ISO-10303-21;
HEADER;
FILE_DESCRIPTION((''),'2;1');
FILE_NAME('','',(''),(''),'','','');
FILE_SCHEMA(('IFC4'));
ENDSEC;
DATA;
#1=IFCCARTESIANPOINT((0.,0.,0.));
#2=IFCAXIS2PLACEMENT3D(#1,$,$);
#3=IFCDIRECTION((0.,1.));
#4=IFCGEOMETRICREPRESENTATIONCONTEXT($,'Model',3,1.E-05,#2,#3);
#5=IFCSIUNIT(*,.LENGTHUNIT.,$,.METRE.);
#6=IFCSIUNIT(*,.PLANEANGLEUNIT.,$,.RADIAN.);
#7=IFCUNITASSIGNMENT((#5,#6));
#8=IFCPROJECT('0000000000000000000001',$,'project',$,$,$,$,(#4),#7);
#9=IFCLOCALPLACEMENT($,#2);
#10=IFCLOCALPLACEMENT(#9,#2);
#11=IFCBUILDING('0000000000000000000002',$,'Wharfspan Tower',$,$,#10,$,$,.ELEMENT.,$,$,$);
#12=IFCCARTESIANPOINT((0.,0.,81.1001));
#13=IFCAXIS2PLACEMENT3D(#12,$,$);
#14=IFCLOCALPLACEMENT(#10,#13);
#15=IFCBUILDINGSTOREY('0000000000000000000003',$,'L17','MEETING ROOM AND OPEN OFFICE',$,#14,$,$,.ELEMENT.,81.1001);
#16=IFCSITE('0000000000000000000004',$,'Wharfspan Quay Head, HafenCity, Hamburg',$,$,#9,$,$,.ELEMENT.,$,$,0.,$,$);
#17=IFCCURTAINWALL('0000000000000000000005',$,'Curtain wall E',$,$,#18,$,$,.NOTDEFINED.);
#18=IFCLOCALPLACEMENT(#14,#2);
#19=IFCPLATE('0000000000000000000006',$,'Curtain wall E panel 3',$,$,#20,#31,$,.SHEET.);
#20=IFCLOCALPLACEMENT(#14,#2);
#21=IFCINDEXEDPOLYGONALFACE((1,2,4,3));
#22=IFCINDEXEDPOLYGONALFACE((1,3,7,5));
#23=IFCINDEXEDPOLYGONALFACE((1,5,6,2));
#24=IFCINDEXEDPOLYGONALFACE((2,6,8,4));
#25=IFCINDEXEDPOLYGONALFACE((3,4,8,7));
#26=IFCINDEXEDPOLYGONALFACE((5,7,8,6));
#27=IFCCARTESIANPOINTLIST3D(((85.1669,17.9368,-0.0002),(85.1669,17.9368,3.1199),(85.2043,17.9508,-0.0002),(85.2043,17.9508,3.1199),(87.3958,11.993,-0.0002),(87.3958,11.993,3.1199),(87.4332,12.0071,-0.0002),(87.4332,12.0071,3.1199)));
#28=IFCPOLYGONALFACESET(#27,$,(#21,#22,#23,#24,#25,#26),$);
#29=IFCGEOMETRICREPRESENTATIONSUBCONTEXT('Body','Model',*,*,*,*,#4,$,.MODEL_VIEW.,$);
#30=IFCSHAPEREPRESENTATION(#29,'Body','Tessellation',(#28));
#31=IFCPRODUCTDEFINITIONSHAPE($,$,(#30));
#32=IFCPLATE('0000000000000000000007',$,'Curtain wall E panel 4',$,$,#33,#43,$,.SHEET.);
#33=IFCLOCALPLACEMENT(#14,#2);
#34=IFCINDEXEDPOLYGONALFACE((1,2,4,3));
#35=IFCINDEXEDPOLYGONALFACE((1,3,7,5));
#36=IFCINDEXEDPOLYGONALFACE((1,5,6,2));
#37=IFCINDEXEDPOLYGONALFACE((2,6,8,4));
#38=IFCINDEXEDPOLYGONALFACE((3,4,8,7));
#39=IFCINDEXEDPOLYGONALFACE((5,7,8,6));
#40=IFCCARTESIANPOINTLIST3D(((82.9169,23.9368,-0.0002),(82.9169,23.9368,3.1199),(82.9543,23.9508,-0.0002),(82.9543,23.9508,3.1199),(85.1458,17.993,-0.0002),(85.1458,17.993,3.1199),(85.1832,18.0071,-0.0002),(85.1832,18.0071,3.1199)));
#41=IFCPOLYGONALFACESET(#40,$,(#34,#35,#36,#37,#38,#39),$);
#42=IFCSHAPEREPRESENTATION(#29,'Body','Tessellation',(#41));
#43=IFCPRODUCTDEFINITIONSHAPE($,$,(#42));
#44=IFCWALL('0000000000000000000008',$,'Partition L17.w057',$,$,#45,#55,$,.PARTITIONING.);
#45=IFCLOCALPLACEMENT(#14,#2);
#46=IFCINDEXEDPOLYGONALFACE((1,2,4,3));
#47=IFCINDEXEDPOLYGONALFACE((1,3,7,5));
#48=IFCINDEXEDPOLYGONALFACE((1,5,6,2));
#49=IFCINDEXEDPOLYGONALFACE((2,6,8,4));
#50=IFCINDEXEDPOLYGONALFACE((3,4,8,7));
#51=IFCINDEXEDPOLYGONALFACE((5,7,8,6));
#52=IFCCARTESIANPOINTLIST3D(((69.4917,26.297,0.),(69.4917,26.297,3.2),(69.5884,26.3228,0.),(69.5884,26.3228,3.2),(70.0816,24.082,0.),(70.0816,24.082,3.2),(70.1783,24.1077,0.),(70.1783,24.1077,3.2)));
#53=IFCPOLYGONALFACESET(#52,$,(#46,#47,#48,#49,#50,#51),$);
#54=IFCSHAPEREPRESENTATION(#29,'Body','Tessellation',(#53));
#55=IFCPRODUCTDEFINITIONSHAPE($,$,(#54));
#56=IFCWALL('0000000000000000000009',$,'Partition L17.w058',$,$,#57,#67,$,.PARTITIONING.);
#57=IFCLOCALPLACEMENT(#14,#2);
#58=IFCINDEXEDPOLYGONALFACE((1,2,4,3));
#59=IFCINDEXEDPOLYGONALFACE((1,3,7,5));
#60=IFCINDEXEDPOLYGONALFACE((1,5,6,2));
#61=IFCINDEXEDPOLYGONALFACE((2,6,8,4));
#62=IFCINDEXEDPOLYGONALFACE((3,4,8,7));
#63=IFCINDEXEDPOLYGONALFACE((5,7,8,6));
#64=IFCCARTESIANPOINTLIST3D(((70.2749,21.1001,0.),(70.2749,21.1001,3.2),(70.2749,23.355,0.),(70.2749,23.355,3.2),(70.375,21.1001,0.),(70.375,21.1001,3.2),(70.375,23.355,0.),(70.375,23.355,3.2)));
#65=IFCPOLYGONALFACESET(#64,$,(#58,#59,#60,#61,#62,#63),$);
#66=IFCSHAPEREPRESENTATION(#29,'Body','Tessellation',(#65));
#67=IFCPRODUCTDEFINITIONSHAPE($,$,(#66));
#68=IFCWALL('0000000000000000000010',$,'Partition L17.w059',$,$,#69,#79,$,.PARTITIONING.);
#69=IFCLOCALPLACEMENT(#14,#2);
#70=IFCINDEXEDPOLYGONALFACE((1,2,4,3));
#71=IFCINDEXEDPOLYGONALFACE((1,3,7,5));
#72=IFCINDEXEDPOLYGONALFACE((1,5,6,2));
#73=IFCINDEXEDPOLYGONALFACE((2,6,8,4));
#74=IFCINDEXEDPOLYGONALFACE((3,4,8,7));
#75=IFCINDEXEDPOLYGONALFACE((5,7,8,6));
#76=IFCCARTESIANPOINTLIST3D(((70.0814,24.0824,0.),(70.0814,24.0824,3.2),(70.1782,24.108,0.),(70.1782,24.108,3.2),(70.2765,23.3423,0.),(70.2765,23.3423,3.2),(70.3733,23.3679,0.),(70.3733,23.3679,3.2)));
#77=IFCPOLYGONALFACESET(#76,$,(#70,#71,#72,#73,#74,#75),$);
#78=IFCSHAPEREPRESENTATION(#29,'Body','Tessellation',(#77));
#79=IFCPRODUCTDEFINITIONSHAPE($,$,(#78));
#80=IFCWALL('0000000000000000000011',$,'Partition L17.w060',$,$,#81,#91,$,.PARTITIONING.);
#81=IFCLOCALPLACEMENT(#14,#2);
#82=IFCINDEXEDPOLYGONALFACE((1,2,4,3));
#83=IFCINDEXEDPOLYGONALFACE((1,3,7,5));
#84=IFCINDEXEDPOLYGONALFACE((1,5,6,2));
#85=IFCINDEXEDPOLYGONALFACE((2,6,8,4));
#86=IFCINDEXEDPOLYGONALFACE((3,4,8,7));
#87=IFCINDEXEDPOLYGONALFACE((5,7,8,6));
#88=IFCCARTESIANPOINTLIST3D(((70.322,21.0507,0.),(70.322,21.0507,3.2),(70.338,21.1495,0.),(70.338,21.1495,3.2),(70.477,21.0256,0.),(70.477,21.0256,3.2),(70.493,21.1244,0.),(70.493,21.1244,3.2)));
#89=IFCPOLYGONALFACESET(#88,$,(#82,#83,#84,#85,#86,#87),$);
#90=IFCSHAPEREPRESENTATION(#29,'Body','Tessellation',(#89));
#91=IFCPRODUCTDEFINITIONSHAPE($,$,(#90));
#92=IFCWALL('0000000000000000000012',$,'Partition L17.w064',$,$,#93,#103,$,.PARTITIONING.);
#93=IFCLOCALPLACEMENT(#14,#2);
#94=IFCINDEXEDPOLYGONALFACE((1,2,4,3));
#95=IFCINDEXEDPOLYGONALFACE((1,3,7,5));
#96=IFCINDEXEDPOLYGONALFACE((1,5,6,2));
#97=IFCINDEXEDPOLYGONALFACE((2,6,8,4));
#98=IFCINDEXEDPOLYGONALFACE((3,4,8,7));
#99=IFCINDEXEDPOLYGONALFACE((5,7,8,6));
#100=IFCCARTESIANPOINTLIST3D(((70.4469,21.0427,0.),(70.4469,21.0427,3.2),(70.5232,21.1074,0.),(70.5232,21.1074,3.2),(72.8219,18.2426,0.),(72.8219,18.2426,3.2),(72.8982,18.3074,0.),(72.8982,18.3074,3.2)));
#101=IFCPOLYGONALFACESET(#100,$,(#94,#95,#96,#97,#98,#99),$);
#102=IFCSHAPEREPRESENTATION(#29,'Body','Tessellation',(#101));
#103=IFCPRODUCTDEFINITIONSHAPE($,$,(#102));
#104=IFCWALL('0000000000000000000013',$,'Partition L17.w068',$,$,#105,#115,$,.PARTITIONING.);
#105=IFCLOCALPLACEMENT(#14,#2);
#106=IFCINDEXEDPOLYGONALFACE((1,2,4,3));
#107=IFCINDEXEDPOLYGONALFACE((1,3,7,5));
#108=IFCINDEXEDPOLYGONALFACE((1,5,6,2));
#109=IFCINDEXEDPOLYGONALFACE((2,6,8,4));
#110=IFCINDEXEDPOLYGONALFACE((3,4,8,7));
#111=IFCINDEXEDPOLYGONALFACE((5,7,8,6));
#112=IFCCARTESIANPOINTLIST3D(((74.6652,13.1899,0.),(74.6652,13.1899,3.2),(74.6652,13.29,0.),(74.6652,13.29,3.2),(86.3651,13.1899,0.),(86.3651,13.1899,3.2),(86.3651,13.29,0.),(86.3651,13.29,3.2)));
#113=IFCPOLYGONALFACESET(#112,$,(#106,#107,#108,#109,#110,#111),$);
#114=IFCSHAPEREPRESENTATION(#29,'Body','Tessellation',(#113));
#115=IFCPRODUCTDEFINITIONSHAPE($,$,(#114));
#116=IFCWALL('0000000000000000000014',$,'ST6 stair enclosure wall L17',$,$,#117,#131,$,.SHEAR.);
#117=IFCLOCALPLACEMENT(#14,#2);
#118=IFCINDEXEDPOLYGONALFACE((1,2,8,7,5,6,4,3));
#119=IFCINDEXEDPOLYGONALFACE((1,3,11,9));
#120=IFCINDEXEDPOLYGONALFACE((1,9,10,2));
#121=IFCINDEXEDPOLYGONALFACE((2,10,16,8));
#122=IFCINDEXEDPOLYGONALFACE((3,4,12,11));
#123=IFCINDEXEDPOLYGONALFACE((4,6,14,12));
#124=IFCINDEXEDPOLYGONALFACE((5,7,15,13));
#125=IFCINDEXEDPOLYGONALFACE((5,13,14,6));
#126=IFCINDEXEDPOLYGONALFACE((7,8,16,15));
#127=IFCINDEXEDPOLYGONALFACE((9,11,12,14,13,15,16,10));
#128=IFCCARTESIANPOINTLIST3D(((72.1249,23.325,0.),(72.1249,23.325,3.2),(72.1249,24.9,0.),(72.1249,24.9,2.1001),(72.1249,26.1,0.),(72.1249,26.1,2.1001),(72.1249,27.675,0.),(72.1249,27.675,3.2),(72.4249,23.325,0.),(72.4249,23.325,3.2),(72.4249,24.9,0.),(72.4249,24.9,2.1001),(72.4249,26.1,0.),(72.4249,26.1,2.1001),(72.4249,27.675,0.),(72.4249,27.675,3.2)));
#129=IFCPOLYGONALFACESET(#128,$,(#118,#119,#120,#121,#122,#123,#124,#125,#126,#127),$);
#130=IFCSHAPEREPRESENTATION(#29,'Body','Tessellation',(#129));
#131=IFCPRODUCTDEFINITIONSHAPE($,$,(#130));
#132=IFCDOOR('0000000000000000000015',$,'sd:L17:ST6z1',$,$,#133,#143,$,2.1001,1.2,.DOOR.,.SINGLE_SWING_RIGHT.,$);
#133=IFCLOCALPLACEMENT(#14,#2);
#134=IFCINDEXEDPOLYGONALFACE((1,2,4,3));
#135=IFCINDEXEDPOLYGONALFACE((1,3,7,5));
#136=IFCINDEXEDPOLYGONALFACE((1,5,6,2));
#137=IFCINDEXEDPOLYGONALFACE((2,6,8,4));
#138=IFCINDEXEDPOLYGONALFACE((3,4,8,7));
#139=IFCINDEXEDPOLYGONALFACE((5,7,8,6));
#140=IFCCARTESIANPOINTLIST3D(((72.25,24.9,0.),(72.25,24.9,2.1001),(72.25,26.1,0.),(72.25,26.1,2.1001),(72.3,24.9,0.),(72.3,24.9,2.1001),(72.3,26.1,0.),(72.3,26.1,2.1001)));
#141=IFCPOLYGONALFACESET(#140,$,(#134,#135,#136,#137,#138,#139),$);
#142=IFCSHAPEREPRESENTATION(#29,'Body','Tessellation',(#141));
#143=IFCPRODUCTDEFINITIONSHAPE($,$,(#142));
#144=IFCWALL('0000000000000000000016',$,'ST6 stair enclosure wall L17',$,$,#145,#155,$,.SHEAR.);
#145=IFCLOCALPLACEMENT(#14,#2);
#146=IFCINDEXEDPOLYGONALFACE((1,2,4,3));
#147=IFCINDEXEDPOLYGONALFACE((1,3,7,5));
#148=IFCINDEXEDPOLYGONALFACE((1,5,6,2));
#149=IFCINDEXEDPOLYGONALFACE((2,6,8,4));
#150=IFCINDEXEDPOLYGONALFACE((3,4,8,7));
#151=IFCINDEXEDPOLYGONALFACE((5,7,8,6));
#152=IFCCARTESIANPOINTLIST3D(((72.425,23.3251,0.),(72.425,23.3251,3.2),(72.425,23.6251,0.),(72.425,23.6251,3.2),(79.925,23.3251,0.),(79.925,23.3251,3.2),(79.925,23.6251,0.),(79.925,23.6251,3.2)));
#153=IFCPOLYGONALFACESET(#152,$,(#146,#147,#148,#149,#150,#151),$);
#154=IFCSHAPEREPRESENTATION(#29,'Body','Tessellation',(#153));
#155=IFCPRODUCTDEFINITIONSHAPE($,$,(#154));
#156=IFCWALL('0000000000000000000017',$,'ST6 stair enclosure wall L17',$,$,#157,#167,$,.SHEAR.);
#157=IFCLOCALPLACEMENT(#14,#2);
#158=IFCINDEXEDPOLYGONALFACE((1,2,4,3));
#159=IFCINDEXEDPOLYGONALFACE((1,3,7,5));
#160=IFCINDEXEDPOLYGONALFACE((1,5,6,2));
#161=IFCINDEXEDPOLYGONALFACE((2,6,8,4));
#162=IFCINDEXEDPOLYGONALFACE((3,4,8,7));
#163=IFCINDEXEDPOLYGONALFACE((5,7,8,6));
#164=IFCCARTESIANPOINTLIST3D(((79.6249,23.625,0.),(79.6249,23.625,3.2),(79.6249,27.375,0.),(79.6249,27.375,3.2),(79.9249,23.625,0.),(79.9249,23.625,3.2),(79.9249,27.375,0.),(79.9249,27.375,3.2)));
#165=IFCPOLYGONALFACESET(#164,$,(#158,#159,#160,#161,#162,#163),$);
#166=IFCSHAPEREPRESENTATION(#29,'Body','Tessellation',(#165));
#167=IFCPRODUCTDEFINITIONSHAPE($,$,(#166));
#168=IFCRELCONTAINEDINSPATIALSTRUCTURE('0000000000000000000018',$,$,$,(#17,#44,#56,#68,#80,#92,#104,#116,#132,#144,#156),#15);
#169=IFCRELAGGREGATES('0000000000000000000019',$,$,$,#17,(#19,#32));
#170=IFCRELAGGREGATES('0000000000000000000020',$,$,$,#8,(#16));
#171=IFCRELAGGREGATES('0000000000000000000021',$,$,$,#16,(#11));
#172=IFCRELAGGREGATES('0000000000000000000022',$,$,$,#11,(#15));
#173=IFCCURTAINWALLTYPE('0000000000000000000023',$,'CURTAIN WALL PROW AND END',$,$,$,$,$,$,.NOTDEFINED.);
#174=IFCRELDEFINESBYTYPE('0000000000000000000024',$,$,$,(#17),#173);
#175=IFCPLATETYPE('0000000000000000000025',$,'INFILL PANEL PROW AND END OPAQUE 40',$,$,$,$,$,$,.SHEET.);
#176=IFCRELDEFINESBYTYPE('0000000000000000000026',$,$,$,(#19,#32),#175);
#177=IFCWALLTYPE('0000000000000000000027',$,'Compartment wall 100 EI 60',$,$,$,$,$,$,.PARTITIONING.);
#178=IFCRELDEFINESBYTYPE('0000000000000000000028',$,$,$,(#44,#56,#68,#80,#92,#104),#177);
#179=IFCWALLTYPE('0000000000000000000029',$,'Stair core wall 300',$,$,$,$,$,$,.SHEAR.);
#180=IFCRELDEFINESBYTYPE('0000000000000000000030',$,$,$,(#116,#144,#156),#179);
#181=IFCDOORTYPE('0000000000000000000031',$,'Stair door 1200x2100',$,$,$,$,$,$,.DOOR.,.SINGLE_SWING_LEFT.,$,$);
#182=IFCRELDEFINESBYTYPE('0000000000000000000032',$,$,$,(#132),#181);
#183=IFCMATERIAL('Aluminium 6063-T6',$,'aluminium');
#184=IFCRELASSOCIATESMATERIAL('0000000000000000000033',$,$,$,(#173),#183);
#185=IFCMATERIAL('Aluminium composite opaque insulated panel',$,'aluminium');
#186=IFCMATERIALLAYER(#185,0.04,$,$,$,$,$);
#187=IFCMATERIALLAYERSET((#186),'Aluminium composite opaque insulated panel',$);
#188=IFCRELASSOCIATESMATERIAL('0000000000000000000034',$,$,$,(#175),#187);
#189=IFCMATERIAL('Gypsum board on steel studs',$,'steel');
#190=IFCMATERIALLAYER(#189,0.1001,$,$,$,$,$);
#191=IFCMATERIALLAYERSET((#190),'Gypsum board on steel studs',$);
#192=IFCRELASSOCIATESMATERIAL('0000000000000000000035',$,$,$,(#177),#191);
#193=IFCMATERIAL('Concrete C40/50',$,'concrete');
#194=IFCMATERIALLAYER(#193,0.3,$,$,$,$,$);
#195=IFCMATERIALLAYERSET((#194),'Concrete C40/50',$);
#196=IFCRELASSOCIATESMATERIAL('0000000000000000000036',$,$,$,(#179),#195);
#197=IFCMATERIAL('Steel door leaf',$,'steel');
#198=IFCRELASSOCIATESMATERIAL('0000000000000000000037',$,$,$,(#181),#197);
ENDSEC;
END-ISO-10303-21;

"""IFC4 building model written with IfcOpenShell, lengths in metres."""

from ifc_helpers import new_model, si_unit, direction, frame, frame_2d, origin, origin_2d, place, context, subcontext, project, spatial, rectangle, extrude, material, layer, layer_set, type_object, element, fill, aggregate, save


model = new_model("IFC4")

# Units and contexts
model_context = context("Model", 3, precision=1e-05, world=origin(), true_north=direction((0.0, 1.0)))
body_context = subcontext(model_context, "Body", "Model", "MODEL_VIEW")
ifc_project = project(units=[si_unit("LENGTHUNIT", "METRE"), si_unit("PLANEANGLEUNIT", "RADIAN")], contexts=[model_context])

# Site, building, storey
site_placement = place(None, origin())
site = spatial("IfcSite", under=ifc_project, at=site_placement, Name="Wharfspan Quay Head, HafenCity, Hamburg", CompositionType="ELEMENT", RefElevation=0.0)
building_placement = place(site_placement, origin())
building = spatial("IfcBuilding", under=site, at=building_placement, Name="Wharfspan Tower", CompositionType="ELEMENT")
storey_placement = place(building_placement, frame((0.0, 0.0, 81.1001)))
storey = spatial("IfcBuildingStorey", under=building, at=storey_placement, Name="L17", Description="MEETING ROOM AND OPEN OFFICE", CompositionType="ELEMENT", Elevation=81.1001)

# Curtain wall
ifc_material_1 = material(Name="Aluminium 6063-T6", Category="aluminium")
curtain_wall_type = type_object("IfcCurtainWallType", Name="CURTAIN WALL PROW AND END", PredefinedType="NOTDEFINED", material=ifc_material_1)
curtain_wall_placement = place(storey_placement, origin())
curtain_wall = element("IfcCurtainWall", 1, at=curtain_wall_placement, inside=storey, type_object=curtain_wall_type, Name="Curtain wall E", PredefinedType="NOTDEFINED")

# Plates
ifc_material_2 = material(Name="Aluminium composite opaque insulated panel", Category="aluminium")
ifc_layer_1 = layer(ifc_material_2, 0.04)
ifc_layer_set_1 = layer_set([ifc_layer_1], Name="Aluminium composite opaque insulated panel")
plate_type = type_object("IfcPlateType", Name="INFILL PANEL PROW AND END OPAQUE 40", PredefinedType="SHEET", material=ifc_layer_set_1)
plate_1_placement = place(storey_placement, frame((86.3, 14.9719, -0.0002), z_axis=(0.0, 0.0, 1.0), x_axis=(-0.351123, 0.936328, 0.0)))
plate_1 = element("IfcPlate", 2, at=plate_1_placement, type_object=plate_type, Name="Curtain wall E panel 3", PredefinedType="SHEET", context=body_context, shape_type="SweptSolid", body=[
    extrude(rectangle(XDim=6.3479, YDim=0.04, at=origin_2d()), origin(), (0.0, 0.0, 1.0), 3.1201),
])
plate_2_placement = place(storey_placement, frame((84.05, 20.9719, -0.0002), z_axis=(0.0, 0.0, 1.0), x_axis=(-0.351123, 0.936328, 0.0)))
plate_2 = element("IfcPlate", 3, at=plate_2_placement, type_object=plate_type, Name="Curtain wall E panel 4", PredefinedType="SHEET", context=body_context, shape_type="SweptSolid", body=[
    extrude(rectangle(XDim=6.3479, YDim=0.04, at=origin_2d()), origin(), (0.0, 0.0, 1.0), 3.1201),
])
aggregate(curtain_wall, [plate_1, plate_2])

# Walls
ifc_material_3 = material(Name="Gypsum board on steel studs", Category="steel")
ifc_layer_2 = layer(ifc_material_3, 0.1001)
ifc_layer_set_2 = layer_set([ifc_layer_2], Name="Gypsum board on steel studs")
wall_type_1 = type_object("IfcWallType", Name="Compartment wall 100 EI 60", PredefinedType="PARTITIONING", material=ifc_layer_set_2)
wall_1_placement = place(storey_placement, frame((70.1299, 24.095, 0.0), z_axis=(0.0, 0.0, 1.0), x_axis=(-0.257318, 0.966327, 0.0)))
element("IfcWall", 4, at=wall_1_placement, inside=storey, type_object=wall_type_1, Name="Partition L17.w057", PredefinedType="PARTITIONING", context=body_context, shape_type="SweptSolid", body=[
    extrude(rectangle(XDim=2.2922, YDim=0.1001, at=frame_2d((1.146, 0.0))), origin(), (0.0, 0.0, 1.0), 3.2),
])
wall_2_placement = place(storey_placement, frame((70.325, 21.1001, 0.0), z_axis=(0.0, 0.0, 1.0), x_axis=(0.0, 1.0, 0.0)))
element("IfcWall", 5, at=wall_2_placement, inside=storey, type_object=wall_type_1, Name="Partition L17.w058", PredefinedType="PARTITIONING", context=body_context, shape_type="SweptSolid", body=[
    extrude(rectangle(XDim=2.2549, YDim=0.1001, at=frame_2d((1.1274, 0.0))), origin(), (0.0, 0.0, 1.0), 3.2),
])
wall_3_placement = place(storey_placement, frame((70.325, 23.355, 0.0), z_axis=(0.0, 0.0, 1.0), x_axis=(-0.254901, 0.966965, 0.0)))
element("IfcWall", 6, at=wall_3_placement, inside=storey, type_object=wall_type_1, Name="Partition L17.w059", PredefinedType="PARTITIONING", context=body_context, shape_type="SweptSolid", body=[
    extrude(rectangle(XDim=0.7654, YDim=0.1001, at=frame_2d((0.3828, 0.0))), origin(), (0.0, 0.0, 1.0), 3.2),
])
wall_4_placement = place(storey_placement, frame((70.4851, 21.075, 0.0), z_axis=(0.0, 0.0, 1.0), x_axis=(-0.987098, 0.160112, 0.0)))
element("IfcWall", 7, at=wall_4_placement, inside=storey, type_object=wall_type_1, Name="Partition L17.w060", PredefinedType="PARTITIONING", context=body_context, shape_type="SweptSolid", body=[
    extrude(rectangle(XDim=0.157, YDim=0.1001, at=frame_2d((0.0786, 0.0))), origin(), (0.0, 0.0, 1.0), 3.2),
])
wall_5_placement = place(storey_placement, frame((72.8601, 18.2749, 0.0), z_axis=(0.0, 0.0, 1.0), x_axis=(-0.646848, 0.762613, 0.0)))
element("IfcWall", 8, at=wall_5_placement, inside=storey, type_object=wall_type_1, Name="Partition L17.w064", PredefinedType="PARTITIONING", context=body_context, shape_type="SweptSolid", body=[
    extrude(rectangle(XDim=3.6716, YDim=0.1001, at=frame_2d((1.8359, 0.0))), origin(), (0.0, 0.0, 1.0), 3.2),
])
wall_6_placement = place(storey_placement, frame((74.665, 13.24, 0.0), z_axis=(0.0, 0.0, 1.0), x_axis=(1.0, 0.0, 0.0)))
element("IfcWall", 9, at=wall_6_placement, inside=storey, type_object=wall_type_1, Name="Partition L17.w068", PredefinedType="PARTITIONING", context=body_context, shape_type="SweptSolid", body=[
    extrude(rectangle(XDim=11.7, YDim=0.1001, at=frame_2d((5.8501, 0.0))), origin(), (0.0, 0.0, 1.0), 3.2),
])

# Wall, opening, door
ifc_material_4 = material(Name="Concrete C40/50", Category="concrete")
ifc_layer_3 = layer(ifc_material_4, 0.3)
ifc_layer_set_3 = layer_set([ifc_layer_3], Name="Concrete C40/50")
wall_type_2 = type_object("IfcWallType", Name="Stair core wall 300", PredefinedType="SHEAR", material=ifc_layer_set_3)
wall_7_placement = place(storey_placement, frame((72.2749, 23.325, 0.0), z_axis=(0.0, 0.0, 1.0), x_axis=(0.0, 1.0, 0.0)))
wall_7 = element("IfcWall", 10, at=wall_7_placement, inside=storey, type_object=wall_type_2, Name="ST6 stair enclosure wall L17", PredefinedType="SHEAR", context=body_context, shape_type="SweptSolid", body=[
    extrude(rectangle(XDim=4.3501, YDim=0.3, at=frame_2d((2.175, 0.0))), origin(), (0.0, 0.0, 1.0), 3.2),
])
opening_placement = place(wall_7_placement, frame((1.575, 0.0, 0.0)))
opening = element("IfcOpeningElement", 11, at=opening_placement, cuts=wall_7, PredefinedType="OPENING", context=body_context, shape_type="SweptSolid", body=[
    extrude(rectangle(XDim=1.2, YDim=2.1001, at=frame_2d((0.6001, 1.05))), frame((0.0, 0.1599, 0.0), z_axis=(0.0, -1.0, 0.0), x_axis=(1.0, 0.0, 0.0)), (0.0, 0.0, 1.0), 0.3201),
])
ifc_material_5 = material(Name="Steel door leaf", Category="steel")
door_type = type_object("IfcDoorType", Name="Stair door 1200x2100", OperationType="SINGLE_SWING_LEFT", PredefinedType="DOOR", material=ifc_material_5)
door_placement = place(opening_placement, origin())
door = element("IfcDoor", 12, at=door_placement, inside=storey, type_object=door_type, Name="sd:L17:ST6z1", OperationType="SINGLE_SWING_RIGHT", OverallHeight=2.1001, OverallWidth=1.2, PredefinedType="DOOR", context=body_context, shape_type="SweptSolid", body=[
    extrude(rectangle(XDim=1.2, YDim=2.1001, at=frame_2d((0.6001, 1.05))), frame((0.0, 0.0249, 0.0), z_axis=(0.0, -1.0, 0.0), x_axis=(1.0, 0.0, 0.0)), (0.0, 0.0, 1.0), 0.05),
])
fill(opening, door)

# Walls
wall_8_placement = place(storey_placement, frame((72.425, 23.4751, 0.0), z_axis=(0.0, 0.0, 1.0), x_axis=(1.0, 0.0, 0.0)))
element("IfcWall", 13, at=wall_8_placement, inside=storey, type_object=wall_type_2, Name="ST6 stair enclosure wall L17", PredefinedType="SHEAR", context=body_context, shape_type="SweptSolid", body=[
    extrude(rectangle(XDim=7.5, YDim=0.3, at=frame_2d((3.75, 0.0))), origin(), (0.0, 0.0, 1.0), 3.2),
])
wall_9_placement = place(storey_placement, frame((79.7749, 23.625, 0.0), z_axis=(0.0, 0.0, 1.0), x_axis=(0.0, 1.0, 0.0)))
element("IfcWall", 14, at=wall_9_placement, inside=storey, type_object=wall_type_2, Name="ST6 stair enclosure wall L17", PredefinedType="SHEAR", context=body_context, shape_type="SweptSolid", body=[
    extrude(rectangle(XDim=3.75, YDim=0.3, at=frame_2d((1.875, 0.0))), origin(), (0.0, 0.0, 1.0), 3.2),
])

save(model, "model.ifc")
